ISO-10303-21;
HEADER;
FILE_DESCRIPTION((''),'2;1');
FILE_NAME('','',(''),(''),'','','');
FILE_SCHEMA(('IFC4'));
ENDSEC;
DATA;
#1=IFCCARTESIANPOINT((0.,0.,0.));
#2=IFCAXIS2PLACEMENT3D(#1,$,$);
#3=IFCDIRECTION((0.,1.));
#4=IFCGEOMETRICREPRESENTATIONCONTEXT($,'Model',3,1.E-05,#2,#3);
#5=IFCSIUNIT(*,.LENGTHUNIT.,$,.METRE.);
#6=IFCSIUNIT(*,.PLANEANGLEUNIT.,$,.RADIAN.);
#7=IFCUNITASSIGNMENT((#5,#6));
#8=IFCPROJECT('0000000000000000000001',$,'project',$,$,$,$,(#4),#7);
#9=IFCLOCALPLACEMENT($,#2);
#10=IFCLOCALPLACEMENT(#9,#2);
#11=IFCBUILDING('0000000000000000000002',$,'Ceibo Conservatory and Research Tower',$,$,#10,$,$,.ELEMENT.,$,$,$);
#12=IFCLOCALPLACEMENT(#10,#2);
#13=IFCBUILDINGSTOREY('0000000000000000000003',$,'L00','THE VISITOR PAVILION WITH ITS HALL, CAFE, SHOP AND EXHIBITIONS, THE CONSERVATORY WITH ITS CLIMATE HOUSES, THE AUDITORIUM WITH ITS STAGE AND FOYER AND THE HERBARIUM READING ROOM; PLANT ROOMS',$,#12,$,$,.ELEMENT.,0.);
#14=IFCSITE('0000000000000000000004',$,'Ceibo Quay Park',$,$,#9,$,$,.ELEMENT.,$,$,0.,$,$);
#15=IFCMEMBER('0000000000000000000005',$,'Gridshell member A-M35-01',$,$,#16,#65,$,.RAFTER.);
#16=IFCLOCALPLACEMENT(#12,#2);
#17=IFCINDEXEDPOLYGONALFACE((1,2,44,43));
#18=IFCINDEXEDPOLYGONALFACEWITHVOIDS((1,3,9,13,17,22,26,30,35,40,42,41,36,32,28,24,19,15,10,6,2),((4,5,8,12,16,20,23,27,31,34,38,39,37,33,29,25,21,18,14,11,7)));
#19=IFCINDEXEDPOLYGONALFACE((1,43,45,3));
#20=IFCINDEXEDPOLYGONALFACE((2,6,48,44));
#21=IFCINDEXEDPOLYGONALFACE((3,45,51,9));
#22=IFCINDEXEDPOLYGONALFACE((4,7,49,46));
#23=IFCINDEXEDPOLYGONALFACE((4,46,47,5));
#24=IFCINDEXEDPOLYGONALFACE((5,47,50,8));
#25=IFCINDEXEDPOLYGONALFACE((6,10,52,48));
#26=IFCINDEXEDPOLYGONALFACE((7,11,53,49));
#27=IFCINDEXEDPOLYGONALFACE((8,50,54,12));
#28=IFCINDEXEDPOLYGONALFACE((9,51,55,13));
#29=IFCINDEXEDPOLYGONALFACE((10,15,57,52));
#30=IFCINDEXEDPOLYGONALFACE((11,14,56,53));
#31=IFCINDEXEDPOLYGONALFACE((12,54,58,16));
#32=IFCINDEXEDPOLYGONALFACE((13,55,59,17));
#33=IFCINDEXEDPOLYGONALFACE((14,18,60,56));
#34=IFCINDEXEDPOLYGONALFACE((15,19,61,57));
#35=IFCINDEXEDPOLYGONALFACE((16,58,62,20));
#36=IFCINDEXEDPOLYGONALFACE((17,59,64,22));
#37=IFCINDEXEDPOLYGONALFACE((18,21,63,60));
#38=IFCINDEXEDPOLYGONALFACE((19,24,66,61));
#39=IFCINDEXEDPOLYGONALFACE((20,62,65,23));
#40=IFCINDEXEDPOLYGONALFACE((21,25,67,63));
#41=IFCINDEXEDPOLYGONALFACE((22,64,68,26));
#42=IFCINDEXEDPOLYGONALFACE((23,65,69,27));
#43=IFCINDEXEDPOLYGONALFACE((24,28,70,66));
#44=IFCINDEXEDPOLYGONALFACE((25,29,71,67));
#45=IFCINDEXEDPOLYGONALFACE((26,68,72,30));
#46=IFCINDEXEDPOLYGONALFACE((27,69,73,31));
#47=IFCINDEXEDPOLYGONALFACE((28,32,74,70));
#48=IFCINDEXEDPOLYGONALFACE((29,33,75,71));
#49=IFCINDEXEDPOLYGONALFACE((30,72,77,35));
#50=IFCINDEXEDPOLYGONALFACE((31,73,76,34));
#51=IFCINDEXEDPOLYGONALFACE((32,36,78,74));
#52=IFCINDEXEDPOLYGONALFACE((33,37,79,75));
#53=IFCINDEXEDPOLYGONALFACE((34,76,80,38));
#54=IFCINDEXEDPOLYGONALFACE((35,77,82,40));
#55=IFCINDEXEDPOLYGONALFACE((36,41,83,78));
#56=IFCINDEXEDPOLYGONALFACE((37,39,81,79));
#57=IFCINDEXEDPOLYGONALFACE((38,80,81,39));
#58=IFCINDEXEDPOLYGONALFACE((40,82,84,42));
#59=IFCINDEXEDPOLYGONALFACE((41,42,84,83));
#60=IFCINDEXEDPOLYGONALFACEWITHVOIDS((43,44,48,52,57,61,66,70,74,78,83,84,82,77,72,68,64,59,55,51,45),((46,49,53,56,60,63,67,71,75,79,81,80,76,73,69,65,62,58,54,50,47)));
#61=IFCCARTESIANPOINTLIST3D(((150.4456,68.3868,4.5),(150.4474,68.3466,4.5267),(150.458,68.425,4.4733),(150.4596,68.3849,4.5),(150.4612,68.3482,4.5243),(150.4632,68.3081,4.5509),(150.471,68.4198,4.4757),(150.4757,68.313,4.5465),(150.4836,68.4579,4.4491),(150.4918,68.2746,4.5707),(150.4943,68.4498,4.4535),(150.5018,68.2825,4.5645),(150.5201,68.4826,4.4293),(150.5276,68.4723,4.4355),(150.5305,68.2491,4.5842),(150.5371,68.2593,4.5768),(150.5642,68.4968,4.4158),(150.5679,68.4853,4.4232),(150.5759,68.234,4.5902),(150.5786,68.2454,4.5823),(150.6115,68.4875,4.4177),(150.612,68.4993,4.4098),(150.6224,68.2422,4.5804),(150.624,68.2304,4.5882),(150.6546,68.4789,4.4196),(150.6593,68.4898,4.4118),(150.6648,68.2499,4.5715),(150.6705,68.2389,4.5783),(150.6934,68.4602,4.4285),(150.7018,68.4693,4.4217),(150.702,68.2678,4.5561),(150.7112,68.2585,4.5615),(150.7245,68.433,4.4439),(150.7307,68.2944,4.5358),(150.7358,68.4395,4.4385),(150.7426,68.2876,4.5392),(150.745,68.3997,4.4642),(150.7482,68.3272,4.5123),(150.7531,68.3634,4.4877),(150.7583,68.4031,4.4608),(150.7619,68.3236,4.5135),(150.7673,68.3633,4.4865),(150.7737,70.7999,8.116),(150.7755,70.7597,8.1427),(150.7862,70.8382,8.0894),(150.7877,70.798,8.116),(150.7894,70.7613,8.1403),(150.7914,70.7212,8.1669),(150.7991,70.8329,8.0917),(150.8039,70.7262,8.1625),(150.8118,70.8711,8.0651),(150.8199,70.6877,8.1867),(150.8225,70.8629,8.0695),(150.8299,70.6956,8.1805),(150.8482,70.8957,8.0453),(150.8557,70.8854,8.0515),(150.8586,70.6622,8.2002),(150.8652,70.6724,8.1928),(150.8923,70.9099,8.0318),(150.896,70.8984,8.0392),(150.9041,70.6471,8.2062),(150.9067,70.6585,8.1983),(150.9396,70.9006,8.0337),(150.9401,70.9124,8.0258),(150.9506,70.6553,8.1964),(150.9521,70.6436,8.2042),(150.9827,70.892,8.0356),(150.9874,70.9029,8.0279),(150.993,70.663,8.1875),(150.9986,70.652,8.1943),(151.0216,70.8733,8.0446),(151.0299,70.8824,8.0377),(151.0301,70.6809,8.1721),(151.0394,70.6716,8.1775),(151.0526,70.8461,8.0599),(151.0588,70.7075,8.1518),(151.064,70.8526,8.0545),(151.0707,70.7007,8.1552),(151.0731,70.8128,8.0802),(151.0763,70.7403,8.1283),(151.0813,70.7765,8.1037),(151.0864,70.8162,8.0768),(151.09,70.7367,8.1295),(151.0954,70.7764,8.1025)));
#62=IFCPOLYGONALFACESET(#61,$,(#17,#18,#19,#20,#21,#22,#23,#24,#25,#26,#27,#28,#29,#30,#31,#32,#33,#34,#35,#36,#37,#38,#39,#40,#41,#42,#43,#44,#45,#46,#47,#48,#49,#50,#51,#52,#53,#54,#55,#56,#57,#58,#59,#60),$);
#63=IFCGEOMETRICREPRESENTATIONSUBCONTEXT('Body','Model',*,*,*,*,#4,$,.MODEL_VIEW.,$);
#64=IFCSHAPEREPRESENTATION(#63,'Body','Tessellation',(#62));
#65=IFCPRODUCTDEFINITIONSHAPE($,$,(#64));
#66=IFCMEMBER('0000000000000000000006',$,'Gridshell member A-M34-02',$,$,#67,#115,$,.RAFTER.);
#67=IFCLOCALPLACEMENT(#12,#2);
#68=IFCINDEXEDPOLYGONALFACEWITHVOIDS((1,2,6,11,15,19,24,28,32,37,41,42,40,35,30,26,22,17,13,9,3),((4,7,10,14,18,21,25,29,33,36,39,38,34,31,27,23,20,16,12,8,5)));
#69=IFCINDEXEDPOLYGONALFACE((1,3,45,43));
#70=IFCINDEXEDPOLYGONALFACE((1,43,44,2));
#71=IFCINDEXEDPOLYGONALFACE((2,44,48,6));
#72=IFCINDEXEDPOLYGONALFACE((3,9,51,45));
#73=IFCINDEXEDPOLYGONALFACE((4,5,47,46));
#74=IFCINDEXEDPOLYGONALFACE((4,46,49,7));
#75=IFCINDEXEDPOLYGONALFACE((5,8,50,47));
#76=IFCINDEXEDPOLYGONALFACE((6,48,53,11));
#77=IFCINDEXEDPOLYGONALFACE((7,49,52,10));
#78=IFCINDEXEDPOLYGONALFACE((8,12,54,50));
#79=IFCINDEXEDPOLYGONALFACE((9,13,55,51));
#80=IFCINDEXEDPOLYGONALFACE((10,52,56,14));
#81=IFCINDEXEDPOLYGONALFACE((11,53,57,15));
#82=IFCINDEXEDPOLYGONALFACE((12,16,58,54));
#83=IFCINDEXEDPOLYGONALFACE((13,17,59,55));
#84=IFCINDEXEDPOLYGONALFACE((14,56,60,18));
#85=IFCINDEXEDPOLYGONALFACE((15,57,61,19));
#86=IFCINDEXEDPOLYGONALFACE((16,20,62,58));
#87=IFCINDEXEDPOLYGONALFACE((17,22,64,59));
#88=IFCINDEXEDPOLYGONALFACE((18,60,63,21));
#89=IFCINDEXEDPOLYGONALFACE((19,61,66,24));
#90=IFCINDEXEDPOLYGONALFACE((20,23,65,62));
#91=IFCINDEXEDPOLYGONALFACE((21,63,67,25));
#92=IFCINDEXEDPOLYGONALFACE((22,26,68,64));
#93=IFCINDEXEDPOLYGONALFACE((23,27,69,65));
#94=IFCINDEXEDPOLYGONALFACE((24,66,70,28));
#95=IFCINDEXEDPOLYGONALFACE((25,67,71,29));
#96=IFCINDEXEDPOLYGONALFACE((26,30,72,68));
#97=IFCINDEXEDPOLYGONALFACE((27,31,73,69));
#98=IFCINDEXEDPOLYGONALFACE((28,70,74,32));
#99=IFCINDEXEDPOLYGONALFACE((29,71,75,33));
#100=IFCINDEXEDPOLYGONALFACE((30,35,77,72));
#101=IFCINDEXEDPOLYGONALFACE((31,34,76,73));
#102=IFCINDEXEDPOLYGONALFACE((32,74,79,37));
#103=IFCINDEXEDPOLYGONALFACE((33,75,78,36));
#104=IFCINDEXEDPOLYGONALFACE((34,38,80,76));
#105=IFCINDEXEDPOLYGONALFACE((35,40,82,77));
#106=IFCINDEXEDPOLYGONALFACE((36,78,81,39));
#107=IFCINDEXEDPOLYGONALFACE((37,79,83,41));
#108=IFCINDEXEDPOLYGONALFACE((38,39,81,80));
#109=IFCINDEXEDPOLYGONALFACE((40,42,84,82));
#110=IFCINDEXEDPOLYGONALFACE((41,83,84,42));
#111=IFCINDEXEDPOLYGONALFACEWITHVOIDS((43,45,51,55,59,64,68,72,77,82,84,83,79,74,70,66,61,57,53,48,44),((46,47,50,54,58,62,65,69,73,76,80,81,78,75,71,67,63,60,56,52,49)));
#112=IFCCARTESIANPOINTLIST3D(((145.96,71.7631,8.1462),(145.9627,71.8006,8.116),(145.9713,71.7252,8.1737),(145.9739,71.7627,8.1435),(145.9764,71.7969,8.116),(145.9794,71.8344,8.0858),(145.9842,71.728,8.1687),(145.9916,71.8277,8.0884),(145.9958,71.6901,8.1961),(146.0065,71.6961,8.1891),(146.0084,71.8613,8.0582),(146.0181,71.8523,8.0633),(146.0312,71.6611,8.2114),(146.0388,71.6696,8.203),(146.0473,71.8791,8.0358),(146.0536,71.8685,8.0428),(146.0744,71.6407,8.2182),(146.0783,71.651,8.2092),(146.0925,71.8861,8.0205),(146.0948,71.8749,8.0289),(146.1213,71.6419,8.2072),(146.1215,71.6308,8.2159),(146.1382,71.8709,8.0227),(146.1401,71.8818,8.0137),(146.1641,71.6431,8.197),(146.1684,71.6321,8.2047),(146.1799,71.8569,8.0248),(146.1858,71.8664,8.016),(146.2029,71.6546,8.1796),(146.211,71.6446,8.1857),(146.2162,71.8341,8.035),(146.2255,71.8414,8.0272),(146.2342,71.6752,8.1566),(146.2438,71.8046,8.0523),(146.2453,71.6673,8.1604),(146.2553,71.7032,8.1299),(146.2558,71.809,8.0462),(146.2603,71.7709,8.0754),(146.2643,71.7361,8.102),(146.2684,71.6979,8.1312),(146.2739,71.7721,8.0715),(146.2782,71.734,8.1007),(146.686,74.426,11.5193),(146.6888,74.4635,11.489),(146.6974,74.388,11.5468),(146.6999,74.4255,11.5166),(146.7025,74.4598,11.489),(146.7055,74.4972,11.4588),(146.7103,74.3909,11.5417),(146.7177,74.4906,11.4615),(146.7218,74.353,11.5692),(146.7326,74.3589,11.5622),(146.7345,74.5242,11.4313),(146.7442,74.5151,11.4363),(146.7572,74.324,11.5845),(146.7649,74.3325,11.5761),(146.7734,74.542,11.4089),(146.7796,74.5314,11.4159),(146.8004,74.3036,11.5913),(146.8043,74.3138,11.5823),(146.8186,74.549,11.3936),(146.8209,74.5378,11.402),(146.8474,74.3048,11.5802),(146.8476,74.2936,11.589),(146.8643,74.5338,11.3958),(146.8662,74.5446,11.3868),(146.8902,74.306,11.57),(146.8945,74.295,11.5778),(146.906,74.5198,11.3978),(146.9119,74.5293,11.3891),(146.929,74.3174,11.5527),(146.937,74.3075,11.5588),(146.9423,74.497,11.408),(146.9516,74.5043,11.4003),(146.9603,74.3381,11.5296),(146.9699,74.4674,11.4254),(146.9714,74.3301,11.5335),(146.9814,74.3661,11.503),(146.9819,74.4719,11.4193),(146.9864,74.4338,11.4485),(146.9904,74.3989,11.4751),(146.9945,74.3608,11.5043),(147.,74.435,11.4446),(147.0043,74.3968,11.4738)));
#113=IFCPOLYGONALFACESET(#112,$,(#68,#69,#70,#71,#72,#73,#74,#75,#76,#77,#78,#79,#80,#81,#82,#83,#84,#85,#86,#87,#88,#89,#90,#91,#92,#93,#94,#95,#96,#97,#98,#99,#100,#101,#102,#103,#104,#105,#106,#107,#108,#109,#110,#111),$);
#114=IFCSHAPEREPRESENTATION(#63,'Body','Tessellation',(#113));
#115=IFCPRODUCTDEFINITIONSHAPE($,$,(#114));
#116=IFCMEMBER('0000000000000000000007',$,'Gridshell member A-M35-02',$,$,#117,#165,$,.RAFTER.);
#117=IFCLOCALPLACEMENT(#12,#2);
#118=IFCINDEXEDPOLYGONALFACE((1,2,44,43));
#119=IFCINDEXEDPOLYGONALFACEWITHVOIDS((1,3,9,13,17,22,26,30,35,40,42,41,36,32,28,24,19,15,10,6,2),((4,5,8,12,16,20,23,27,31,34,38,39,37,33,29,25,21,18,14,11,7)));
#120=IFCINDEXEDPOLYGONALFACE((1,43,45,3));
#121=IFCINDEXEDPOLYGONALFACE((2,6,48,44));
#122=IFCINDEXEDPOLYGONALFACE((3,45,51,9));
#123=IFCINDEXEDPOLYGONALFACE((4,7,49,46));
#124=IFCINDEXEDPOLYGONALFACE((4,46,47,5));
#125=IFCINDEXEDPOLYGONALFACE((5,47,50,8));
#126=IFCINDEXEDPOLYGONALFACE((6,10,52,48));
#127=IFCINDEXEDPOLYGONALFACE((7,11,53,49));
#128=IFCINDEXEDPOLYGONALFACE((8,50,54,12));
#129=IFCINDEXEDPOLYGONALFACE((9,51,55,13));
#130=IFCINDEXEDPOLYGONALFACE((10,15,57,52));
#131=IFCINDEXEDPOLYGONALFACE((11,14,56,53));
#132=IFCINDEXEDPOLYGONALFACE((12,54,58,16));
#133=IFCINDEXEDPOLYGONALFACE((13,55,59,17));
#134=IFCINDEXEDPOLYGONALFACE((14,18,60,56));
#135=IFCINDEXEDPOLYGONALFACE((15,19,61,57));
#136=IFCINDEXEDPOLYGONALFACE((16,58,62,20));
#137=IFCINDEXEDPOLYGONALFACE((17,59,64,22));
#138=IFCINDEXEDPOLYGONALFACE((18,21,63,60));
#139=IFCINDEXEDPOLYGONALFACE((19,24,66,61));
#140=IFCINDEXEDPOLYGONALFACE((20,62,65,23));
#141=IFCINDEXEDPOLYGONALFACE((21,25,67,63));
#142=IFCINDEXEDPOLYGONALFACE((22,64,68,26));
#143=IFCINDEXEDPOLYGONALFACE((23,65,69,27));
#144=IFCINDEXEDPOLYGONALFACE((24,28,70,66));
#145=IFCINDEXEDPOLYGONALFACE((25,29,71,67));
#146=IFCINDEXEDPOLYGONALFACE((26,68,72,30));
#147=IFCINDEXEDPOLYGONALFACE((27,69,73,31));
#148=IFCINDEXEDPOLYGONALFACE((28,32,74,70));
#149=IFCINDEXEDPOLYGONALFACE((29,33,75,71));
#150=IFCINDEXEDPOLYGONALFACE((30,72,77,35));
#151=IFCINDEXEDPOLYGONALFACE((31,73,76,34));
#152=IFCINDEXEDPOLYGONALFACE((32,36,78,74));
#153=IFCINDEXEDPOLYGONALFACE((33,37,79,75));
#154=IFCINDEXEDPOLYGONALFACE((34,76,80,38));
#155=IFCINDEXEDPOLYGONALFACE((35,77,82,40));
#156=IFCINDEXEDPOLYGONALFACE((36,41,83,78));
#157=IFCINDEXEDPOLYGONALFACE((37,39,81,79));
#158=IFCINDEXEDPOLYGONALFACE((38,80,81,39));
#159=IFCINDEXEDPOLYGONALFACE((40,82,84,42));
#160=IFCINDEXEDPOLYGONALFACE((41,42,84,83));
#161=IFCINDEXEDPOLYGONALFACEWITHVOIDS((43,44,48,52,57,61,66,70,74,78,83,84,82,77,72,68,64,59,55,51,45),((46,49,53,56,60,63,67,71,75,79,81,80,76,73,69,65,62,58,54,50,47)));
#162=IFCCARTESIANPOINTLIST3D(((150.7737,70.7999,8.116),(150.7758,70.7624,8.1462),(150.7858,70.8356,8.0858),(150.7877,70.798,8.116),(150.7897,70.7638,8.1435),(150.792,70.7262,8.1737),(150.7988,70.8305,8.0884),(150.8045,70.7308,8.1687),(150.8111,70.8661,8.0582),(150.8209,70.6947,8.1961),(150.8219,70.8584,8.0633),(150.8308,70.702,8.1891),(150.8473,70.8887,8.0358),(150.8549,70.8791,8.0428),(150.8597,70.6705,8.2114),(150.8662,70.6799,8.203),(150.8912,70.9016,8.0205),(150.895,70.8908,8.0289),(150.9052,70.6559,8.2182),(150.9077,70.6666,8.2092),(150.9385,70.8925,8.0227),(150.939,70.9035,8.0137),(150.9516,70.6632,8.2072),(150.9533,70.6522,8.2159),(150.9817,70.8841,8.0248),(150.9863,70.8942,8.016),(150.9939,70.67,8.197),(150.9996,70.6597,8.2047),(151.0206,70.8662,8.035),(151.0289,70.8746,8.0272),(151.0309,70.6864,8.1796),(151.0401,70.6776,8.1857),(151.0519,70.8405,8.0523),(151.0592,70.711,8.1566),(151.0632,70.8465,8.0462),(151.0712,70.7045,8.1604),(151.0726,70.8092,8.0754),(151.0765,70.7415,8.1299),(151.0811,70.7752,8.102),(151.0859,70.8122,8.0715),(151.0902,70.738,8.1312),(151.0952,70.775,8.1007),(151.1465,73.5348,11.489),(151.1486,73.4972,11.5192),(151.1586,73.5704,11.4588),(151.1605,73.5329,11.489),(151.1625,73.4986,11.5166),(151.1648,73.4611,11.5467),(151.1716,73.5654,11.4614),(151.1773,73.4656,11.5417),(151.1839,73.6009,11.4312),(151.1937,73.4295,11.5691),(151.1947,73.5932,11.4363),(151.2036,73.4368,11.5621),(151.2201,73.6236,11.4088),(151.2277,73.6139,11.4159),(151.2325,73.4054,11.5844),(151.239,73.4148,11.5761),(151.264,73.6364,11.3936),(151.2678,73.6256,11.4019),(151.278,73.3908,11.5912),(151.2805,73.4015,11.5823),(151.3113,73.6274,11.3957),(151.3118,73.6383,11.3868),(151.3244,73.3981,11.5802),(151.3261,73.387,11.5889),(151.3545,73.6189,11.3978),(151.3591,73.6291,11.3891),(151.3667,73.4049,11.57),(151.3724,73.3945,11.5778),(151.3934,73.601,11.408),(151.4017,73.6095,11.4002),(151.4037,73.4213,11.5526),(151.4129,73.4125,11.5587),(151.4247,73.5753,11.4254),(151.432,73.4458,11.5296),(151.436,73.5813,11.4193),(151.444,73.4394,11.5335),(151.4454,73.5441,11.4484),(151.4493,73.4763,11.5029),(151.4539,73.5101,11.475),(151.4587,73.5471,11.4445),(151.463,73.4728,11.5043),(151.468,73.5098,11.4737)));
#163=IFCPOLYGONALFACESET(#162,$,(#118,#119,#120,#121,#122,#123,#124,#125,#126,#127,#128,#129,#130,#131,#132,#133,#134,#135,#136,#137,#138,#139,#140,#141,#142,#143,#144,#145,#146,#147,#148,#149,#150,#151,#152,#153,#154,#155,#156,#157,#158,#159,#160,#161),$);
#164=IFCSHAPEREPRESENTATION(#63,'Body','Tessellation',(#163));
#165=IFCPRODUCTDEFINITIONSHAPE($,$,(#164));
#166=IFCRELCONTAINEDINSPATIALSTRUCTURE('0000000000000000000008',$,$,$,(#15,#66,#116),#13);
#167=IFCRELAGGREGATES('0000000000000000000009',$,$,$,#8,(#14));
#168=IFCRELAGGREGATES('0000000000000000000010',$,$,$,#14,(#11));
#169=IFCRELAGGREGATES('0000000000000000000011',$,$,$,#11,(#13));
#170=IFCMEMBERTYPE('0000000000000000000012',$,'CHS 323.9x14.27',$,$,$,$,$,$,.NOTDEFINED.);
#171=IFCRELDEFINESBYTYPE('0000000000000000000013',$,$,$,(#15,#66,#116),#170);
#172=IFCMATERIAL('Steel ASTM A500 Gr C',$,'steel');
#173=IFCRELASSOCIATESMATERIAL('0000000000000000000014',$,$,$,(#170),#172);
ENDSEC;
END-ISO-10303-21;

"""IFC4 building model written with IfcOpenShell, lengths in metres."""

from ifc_helpers import new_model, si_unit, direction, frame, origin, origin_2d, place, context, subcontext, project, spatial, hollow_circle, extrude, material, material_profile, profile_set, type_object, element, save


model = new_model("IFC4")

# Units and contexts
model_context = context("Model", 3, precision=1e-05, world=origin(), true_north=direction((0.0, 1.0)))
body_context = subcontext(model_context, "Body", "Model", "MODEL_VIEW")
ifc_project = project(units=[si_unit("LENGTHUNIT", "METRE"), si_unit("PLANEANGLEUNIT", "RADIAN")], contexts=[model_context])

# Site, building, storey
site_placement = place(None, origin())
site = spatial("IfcSite", under=ifc_project, at=site_placement, Name="Ceibo Quay Park", CompositionType="ELEMENT", RefElevation=0.0)
building_placement = place(site_placement, origin())
building = spatial("IfcBuilding", under=site, at=building_placement, Name="Ceibo Conservatory and Research Tower", CompositionType="ELEMENT")
storey_placement = place(building_placement, origin())
storey = spatial("IfcBuildingStorey", under=building, at=storey_placement, Name="L00", Description="THE VISITOR PAVILION WITH ITS HALL, CAFE, SHOP AND EXHIBITIONS, THE CONSERVATORY WITH ITS CLIMATE HOUSES, THE AUDITORIUM WITH ITS STAGE AND FOYER AND THE HERBARIUM READING ROOM; PLANT ROOMS", CompositionType="ELEMENT", Elevation=0.0)

# Members
ifc_material_1 = material(Name="Steel ASTM A500 Gr C", Category="steel")
ifc_material_profile_1 = material_profile(ifc_material_1, hollow_circle(Radius=0.1619, WallThickness=0.0142, at=origin_2d()), Name="CHS 323.9x14.27")
ifc_profile_set_1 = profile_set([ifc_material_profile_1], Name="Steel ASTM A500 Gr C")
member_type_1 = type_object("IfcMemberType", Name="CHS 323.9x14.27", PredefinedType="NOTDEFINED", material=ifc_profile_set_1)
member_1_placement = place(storey_placement, frame((150.606, 68.365, 4.5), z_axis=(0.075265, 0.553514, 0.829432), x_axis=(-0.990881, 0.134737, 0.0)))
element("IfcMember", 1, at=member_1_placement, inside=storey, type_object=member_type_1, Name="Gridshell member A-M35-01", PredefinedType="RAFTER", context=body_context, shape_type="SweptSolid", body=[
    extrude(hollow_circle(Radius=0.1619, WallThickness=0.0142, at=origin_2d()), origin(), (0.0, 0.0, 1.0), 4.3596),
])
for number, where, z_axis, x_axis, name in (
    (2, (146.1189, 71.7581, 8.116), (0.166593, 0.610972, 0.773925), (-0.964778, 0.263065, 0.0), "Gridshell member A-M34-02"),
    (3, (150.9341, 70.7781, 8.116), (0.085536, 0.627488, 0.773913), (-0.990837, 0.135066, 0.0), "Gridshell member A-M35-02"),
):
    element("IfcMember", number, at=place(storey_placement, frame(where, z_axis=z_axis, x_axis=x_axis)), inside=storey, type_object=member_type_1, Name=name, PredefinedType="RAFTER", context=body_context, shape_type="SweptSolid", body=[
        extrude(hollow_circle(Radius=0.1619, WallThickness=0.0142, at=origin_2d()), origin(), (0.0, 0.0, 1.0), 4.3584),
    ])

save(model, "model.ifc")
